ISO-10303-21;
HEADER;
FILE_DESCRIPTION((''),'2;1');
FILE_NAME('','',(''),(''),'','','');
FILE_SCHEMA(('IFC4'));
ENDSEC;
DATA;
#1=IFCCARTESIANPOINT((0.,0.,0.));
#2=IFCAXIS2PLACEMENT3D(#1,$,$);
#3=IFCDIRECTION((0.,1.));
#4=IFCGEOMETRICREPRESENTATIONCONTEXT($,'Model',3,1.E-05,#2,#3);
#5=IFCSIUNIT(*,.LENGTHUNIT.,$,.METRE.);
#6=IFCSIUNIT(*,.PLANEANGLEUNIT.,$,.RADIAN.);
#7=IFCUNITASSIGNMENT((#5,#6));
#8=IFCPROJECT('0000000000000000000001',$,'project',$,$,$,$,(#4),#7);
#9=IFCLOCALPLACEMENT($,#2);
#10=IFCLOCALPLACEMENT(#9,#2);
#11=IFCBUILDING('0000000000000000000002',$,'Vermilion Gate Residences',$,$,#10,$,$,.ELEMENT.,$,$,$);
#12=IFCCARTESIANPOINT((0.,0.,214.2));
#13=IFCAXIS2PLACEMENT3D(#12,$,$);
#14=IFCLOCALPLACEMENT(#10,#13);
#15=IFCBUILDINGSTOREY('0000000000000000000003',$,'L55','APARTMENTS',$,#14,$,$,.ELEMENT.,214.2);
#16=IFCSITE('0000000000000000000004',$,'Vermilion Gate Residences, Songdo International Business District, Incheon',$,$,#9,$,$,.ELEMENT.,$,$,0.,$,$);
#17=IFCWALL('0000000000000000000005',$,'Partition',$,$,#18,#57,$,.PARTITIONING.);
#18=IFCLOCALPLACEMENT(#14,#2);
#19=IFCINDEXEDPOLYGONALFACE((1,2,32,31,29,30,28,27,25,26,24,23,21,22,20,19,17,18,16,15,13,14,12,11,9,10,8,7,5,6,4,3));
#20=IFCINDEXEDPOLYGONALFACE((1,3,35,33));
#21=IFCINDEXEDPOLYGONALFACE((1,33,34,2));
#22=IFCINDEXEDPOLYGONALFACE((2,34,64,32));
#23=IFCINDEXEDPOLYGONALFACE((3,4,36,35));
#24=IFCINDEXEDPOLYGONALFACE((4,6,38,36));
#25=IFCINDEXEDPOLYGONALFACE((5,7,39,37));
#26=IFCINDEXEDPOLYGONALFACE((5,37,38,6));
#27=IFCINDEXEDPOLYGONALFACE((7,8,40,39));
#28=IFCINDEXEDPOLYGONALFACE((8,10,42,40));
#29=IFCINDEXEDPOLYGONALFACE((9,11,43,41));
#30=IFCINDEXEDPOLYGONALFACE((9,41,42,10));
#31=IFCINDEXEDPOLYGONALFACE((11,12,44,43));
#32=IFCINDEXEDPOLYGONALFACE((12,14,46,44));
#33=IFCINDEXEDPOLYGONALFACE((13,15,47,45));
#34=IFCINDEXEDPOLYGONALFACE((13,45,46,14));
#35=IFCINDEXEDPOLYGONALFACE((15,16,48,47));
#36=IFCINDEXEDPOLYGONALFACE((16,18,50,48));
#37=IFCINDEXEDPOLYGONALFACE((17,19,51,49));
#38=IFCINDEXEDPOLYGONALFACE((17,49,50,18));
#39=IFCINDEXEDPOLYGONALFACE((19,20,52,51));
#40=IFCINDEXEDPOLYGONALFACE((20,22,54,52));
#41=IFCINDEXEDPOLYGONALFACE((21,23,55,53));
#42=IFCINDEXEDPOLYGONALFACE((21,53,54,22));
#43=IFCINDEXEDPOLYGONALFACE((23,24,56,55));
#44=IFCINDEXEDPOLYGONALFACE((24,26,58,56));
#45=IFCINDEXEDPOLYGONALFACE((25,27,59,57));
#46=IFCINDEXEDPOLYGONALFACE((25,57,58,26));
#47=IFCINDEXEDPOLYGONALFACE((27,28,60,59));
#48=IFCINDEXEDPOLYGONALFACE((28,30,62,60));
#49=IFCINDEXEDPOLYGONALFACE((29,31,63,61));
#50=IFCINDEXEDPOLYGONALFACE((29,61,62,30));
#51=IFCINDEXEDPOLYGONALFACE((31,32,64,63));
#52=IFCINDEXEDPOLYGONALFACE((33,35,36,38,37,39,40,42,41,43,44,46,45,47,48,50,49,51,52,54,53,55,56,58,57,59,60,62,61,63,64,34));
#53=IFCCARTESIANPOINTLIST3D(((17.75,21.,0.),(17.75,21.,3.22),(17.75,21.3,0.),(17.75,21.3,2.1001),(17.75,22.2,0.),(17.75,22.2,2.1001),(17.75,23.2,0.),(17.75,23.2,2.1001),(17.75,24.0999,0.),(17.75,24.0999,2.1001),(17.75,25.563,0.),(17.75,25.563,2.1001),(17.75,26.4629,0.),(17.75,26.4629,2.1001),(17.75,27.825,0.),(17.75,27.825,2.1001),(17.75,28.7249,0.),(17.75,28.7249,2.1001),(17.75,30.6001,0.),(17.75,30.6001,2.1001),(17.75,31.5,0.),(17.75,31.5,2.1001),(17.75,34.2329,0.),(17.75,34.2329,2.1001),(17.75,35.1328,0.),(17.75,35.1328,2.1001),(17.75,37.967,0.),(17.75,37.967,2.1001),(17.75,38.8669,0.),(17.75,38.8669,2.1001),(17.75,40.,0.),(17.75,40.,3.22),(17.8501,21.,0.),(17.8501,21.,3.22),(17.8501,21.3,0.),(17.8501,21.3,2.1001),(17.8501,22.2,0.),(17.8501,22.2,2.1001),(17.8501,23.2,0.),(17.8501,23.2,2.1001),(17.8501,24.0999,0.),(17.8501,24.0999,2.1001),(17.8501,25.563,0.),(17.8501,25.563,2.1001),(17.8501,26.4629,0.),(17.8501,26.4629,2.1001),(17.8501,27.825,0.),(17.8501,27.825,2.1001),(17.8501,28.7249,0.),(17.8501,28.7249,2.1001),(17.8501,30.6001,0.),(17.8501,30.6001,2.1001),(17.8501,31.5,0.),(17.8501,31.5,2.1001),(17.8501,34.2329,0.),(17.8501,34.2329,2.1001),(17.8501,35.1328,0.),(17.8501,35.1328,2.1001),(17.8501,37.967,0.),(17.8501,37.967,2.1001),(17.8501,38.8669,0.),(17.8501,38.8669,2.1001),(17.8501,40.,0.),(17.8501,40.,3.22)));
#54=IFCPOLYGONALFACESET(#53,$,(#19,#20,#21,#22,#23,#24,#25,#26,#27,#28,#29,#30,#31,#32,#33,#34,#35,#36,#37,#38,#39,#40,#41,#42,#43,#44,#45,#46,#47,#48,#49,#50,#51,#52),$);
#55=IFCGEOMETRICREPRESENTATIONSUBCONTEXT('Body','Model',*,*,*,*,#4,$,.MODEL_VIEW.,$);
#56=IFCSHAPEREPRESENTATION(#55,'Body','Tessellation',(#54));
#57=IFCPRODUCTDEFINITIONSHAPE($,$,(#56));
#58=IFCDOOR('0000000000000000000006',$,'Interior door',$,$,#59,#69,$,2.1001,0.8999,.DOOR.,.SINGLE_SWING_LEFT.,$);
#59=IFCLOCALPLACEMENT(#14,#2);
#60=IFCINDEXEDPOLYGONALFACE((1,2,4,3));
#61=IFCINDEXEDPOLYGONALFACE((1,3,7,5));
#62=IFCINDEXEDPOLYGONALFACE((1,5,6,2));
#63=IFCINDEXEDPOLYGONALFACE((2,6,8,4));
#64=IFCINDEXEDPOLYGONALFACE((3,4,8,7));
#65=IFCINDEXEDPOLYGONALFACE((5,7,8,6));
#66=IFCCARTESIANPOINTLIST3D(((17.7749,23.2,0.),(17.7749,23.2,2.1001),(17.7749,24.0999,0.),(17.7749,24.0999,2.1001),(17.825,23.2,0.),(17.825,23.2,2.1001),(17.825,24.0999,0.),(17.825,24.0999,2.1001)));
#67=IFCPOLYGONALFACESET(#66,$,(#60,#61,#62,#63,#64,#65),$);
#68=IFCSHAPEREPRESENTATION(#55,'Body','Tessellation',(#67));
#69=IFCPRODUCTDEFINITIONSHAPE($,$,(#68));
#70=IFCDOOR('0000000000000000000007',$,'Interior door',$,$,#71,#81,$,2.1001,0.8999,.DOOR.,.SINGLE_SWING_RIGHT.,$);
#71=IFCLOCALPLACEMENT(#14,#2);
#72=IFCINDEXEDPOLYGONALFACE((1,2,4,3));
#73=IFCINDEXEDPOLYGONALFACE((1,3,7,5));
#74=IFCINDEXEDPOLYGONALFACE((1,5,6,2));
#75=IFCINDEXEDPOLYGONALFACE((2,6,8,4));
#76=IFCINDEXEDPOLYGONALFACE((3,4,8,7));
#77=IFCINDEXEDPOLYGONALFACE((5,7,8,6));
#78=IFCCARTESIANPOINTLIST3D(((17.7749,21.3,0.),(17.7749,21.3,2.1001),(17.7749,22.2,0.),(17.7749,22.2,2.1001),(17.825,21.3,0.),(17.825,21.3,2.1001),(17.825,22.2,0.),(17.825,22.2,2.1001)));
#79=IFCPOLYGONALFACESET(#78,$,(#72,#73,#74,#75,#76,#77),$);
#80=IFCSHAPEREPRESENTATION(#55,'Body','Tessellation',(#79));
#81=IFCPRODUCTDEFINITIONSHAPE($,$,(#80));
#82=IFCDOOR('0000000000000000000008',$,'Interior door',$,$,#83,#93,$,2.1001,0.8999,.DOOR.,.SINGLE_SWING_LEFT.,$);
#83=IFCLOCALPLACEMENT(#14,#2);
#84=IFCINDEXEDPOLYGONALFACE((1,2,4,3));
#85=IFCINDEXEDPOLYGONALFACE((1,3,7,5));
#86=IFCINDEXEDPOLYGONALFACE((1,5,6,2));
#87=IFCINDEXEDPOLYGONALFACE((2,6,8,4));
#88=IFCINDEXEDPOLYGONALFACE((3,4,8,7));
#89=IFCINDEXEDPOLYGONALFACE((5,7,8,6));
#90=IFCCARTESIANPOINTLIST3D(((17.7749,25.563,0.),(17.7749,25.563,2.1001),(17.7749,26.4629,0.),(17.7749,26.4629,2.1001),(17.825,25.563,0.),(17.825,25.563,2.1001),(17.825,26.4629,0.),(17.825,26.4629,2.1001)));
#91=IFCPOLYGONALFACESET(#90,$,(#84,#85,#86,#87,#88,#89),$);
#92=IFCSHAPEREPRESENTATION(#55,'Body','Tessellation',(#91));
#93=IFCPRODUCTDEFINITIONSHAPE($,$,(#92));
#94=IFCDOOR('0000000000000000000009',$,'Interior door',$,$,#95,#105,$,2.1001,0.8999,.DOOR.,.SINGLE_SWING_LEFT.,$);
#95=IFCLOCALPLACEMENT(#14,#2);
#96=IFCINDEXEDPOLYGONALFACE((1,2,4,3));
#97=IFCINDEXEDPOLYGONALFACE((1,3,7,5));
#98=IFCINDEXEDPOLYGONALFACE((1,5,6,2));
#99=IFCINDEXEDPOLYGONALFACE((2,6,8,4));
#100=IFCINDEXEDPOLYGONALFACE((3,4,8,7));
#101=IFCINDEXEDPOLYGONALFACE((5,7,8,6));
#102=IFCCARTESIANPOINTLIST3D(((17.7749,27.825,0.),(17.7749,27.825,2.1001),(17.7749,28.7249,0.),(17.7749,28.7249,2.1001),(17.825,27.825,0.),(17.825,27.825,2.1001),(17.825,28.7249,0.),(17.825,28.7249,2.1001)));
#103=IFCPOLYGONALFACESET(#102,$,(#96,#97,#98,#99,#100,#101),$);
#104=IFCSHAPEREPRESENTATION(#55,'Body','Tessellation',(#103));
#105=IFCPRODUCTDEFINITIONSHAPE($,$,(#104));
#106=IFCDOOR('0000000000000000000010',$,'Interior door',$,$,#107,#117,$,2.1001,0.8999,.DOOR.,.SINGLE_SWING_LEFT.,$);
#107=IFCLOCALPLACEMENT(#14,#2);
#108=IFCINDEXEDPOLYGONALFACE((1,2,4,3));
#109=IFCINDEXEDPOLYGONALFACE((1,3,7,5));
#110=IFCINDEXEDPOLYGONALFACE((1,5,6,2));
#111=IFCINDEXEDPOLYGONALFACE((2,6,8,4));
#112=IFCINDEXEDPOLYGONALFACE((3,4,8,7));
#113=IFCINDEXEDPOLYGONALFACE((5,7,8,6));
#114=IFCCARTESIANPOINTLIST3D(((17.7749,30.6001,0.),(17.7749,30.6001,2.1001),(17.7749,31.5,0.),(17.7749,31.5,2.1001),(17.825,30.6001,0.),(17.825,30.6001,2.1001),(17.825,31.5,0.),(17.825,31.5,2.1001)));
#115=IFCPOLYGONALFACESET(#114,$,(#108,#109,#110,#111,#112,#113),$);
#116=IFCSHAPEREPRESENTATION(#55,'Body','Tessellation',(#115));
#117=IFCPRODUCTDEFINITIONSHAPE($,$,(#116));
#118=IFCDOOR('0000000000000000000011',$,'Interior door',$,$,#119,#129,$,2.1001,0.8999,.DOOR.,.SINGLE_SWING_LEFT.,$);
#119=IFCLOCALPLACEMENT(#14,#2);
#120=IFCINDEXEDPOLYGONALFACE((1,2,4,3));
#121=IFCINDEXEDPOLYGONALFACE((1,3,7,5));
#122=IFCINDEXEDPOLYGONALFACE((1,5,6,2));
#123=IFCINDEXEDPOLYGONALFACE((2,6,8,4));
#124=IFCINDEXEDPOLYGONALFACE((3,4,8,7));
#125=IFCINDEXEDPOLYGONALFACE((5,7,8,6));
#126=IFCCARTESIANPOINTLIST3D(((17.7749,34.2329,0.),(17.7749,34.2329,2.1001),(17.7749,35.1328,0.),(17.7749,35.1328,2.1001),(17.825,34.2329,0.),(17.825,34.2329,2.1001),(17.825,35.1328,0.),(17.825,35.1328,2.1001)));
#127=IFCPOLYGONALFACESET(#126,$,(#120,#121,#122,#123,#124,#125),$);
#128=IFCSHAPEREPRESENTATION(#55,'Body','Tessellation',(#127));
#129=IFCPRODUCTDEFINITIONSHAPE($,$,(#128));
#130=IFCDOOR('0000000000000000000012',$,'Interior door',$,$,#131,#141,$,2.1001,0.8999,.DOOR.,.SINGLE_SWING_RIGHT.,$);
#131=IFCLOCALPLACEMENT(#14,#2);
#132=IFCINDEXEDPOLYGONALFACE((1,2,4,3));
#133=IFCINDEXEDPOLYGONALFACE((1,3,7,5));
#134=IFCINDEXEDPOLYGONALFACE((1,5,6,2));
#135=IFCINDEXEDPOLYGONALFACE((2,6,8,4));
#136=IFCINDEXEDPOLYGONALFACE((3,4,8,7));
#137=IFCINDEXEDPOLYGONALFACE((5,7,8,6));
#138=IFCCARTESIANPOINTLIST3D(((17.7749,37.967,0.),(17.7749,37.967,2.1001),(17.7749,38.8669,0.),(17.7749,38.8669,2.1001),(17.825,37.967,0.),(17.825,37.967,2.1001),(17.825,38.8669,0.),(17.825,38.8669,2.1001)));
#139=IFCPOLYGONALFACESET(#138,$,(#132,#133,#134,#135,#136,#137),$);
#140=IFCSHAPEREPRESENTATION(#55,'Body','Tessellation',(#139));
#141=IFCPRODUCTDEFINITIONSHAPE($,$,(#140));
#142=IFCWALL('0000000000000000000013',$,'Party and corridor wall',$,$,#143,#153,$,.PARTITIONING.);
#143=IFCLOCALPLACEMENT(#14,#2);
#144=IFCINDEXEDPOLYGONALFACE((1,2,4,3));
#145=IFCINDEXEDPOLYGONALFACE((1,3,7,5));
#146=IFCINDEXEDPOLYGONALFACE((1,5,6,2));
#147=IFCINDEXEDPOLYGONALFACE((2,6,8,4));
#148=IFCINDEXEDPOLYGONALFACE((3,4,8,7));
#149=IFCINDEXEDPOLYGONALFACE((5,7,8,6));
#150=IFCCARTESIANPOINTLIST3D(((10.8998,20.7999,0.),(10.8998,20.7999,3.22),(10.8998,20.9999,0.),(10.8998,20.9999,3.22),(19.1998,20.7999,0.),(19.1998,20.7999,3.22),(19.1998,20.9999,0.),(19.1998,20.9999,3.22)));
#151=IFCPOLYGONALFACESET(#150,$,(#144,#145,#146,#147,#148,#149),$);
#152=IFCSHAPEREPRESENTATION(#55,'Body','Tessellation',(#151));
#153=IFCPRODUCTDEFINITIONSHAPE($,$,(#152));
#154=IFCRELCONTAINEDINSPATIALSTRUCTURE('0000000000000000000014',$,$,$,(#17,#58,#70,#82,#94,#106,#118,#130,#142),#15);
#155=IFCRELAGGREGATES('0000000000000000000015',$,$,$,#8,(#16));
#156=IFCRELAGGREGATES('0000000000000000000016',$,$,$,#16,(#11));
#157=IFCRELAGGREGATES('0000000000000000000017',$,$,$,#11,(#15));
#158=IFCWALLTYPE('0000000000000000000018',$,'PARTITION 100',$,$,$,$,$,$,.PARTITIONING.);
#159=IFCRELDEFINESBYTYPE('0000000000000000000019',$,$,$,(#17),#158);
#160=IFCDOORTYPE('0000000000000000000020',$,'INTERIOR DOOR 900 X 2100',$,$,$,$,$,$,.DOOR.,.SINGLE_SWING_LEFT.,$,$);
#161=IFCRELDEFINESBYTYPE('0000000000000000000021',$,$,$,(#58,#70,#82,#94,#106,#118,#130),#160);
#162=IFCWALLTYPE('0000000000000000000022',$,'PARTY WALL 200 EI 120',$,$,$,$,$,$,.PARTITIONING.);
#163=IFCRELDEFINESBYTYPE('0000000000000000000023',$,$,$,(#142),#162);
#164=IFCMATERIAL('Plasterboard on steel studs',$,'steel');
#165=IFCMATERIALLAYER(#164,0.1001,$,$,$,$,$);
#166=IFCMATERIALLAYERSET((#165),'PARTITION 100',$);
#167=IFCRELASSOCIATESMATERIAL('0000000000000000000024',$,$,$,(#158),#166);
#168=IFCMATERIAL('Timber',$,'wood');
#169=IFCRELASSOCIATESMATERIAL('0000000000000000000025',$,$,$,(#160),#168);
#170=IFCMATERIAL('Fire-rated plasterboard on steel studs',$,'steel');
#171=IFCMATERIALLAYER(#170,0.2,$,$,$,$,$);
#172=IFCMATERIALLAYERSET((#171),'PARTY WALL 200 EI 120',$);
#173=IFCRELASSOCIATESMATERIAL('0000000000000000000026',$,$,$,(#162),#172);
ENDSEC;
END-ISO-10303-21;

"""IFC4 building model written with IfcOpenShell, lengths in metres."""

from ifc_helpers import new_model, si_unit, direction, frame, frame_2d, origin, place, context, subcontext, project, spatial, rectangle, extrude, material, layer, layer_set, type_object, element, fill, save


model = new_model("IFC4")

# Units and contexts
model_context = context("Model", 3, precision=1e-05, world=origin(), true_north=direction((0.0, 1.0)))
body_context = subcontext(model_context, "Body", "Model", "MODEL_VIEW")
ifc_project = project(units=[si_unit("LENGTHUNIT", "METRE"), si_unit("PLANEANGLEUNIT", "RADIAN")], contexts=[model_context])

# Site, building, storey
site_placement = place(None, origin())
site = spatial("IfcSite", under=ifc_project, at=site_placement, Name="Vermilion Gate Residences, Songdo International Business District, Incheon", CompositionType="ELEMENT", RefElevation=0.0)
building_placement = place(site_placement, origin())
building = spatial("IfcBuilding", under=site, at=building_placement, Name="Vermilion Gate Residences", CompositionType="ELEMENT")
storey_placement = place(building_placement, frame((0.0, 0.0, 214.2)))
storey = spatial("IfcBuildingStorey", under=building, at=storey_placement, Name="L55", Description="APARTMENTS", CompositionType="ELEMENT", Elevation=214.2)

# Shared definitions
ifc_material_1 = material(Name="Plasterboard on steel studs", Category="steel")
ifc_layer_1 = layer(ifc_material_1, 0.1001)
ifc_layer_set_1 = layer_set([ifc_layer_1], Name="PARTITION 100")
wall_type_1 = type_object("IfcWallType", Name="PARTITION 100", PredefinedType="PARTITIONING", material=ifc_layer_set_1)

# Wall, openings, doors
ifc_material_2 = material(Name="Timber", Category="wood")
door_type_1 = type_object("IfcDoorType", Name="INTERIOR DOOR 900 X 2100", OperationType="SINGLE_SWING_LEFT", PredefinedType="DOOR", material=ifc_material_2)
wall_1_placement = place(storey_placement, frame((17.8, 21.0, 0.0), z_axis=(0.0, 0.0, 1.0), x_axis=(0.0, 1.0, 0.0)))
wall_1 = element("IfcWall", 1, at=wall_1_placement, inside=storey, type_object=wall_type_1, Name="Partition", PredefinedType="PARTITIONING", context=body_context, shape_type="SweptSolid", body=[
    extrude(rectangle(XDim=19.0, YDim=0.1001, at=frame_2d((9.5, 0.0))), origin(), (0.0, 0.0, 1.0), 3.22),
])
opening_1_placement = place(wall_1_placement, frame((2.2, 0.0, 0.0)))
opening_1 = element("IfcOpeningElement", 2, at=opening_1_placement, cuts=wall_1, PredefinedType="OPENING", context=body_context, shape_type="SweptSolid", body=[
    extrude(rectangle(XDim=0.8999, YDim=2.1001, at=frame_2d((0.45, 1.05))), frame((0.0, 0.0601, 0.0), z_axis=(0.0, -1.0, 0.0), x_axis=(1.0, 0.0, 0.0)), (0.0, 0.0, 1.0), 0.1201),
])
opening_2_placement = place(wall_1_placement, frame((0.3, 0.0, 0.0)))
opening_2 = element("IfcOpeningElement", 3, at=opening_2_placement, cuts=wall_1, PredefinedType="OPENING", context=body_context, shape_type="SweptSolid", body=[
    extrude(rectangle(XDim=0.8999, YDim=2.1001, at=frame_2d((0.45, 1.05))), frame((0.0, 0.0601, 0.0), z_axis=(0.0, -1.0, 0.0), x_axis=(1.0, 0.0, 0.0)), (0.0, 0.0, 1.0), 0.1201),
])
opening_3_placement = place(wall_1_placement, frame((4.563, 0.0, 0.0)))
opening_3 = element("IfcOpeningElement", 4, at=opening_3_placement, cuts=wall_1, PredefinedType="OPENING", context=body_context, shape_type="SweptSolid", body=[
    extrude(rectangle(XDim=0.8999, YDim=2.1001, at=frame_2d((0.45, 1.05))), frame((0.0, 0.0601, 0.0), z_axis=(0.0, -1.0, 0.0), x_axis=(1.0, 0.0, 0.0)), (0.0, 0.0, 1.0), 0.1201),
])
opening_4_placement = place(wall_1_placement, frame((6.825, 0.0, 0.0)))
opening_4 = element("IfcOpeningElement", 5, at=opening_4_placement, cuts=wall_1, PredefinedType="OPENING", context=body_context, shape_type="SweptSolid", body=[
    extrude(rectangle(XDim=0.8999, YDim=2.1001, at=frame_2d((0.45, 1.05))), frame((0.0, 0.0601, 0.0), z_axis=(0.0, -1.0, 0.0), x_axis=(1.0, 0.0, 0.0)), (0.0, 0.0, 1.0), 0.1201),
])
opening_5_placement = place(wall_1_placement, frame((9.6001, 0.0, 0.0)))
opening_5 = element("IfcOpeningElement", 6, at=opening_5_placement, cuts=wall_1, PredefinedType="OPENING", context=body_context, shape_type="SweptSolid", body=[
    extrude(rectangle(XDim=0.8999, YDim=2.1001, at=frame_2d((0.45, 1.05))), frame((0.0, 0.0601, 0.0), z_axis=(0.0, -1.0, 0.0), x_axis=(1.0, 0.0, 0.0)), (0.0, 0.0, 1.0), 0.1201),
])
opening_6_placement = place(wall_1_placement, frame((13.2329, 0.0, 0.0)))
opening_6 = element("IfcOpeningElement", 7, at=opening_6_placement, cuts=wall_1, PredefinedType="OPENING", context=body_context, shape_type="SweptSolid", body=[
    extrude(rectangle(XDim=0.8999, YDim=2.1001, at=frame_2d((0.45, 1.05))), frame((0.0, 0.0601, 0.0), z_axis=(0.0, -1.0, 0.0), x_axis=(1.0, 0.0, 0.0)), (0.0, 0.0, 1.0), 0.1201),
])
opening_7_placement = place(wall_1_placement, frame((16.967, 0.0, 0.0)))
opening_7 = element("IfcOpeningElement", 8, at=opening_7_placement, cuts=wall_1, PredefinedType="OPENING", context=body_context, shape_type="SweptSolid", body=[
    extrude(rectangle(XDim=0.8999, YDim=2.1001, at=frame_2d((0.45, 1.05))), frame((0.0, 0.0601, 0.0), z_axis=(0.0, -1.0, 0.0), x_axis=(1.0, 0.0, 0.0)), (0.0, 0.0, 1.0), 0.1201),
])
door_1_placement = place(opening_1_placement, frame((0.8999, 0.0, 0.0), z_axis=(0.0, 0.0, 1.0), x_axis=(-1.0, 0.0, 0.0)))
door_1 = element("IfcDoor", 9, at=door_1_placement, inside=storey, type_object=door_type_1, Name="Interior door", OperationType="SINGLE_SWING_LEFT", OverallHeight=2.1001, OverallWidth=0.8999, PredefinedType="DOOR", context=body_context, shape_type="SweptSolid", body=[
    extrude(rectangle(XDim=0.8999, YDim=2.1001, at=frame_2d((0.45, 1.05))), frame((0.0, 0.0249, 0.0), z_axis=(0.0, -1.0, 0.0), x_axis=(1.0, 0.0, 0.0)), (0.0, 0.0, 1.0), 0.05),
])
fill(opening_1, door_1)
door_2_placement = place(opening_2_placement, frame((0.8999, 0.0, 0.0), z_axis=(0.0, 0.0, 1.0), x_axis=(-1.0, 0.0, 0.0)))
door_2 = element("IfcDoor", 10, at=door_2_placement, inside=storey, type_object=door_type_1, Name="Interior door", OperationType="SINGLE_SWING_RIGHT", OverallHeight=2.1001, OverallWidth=0.8999, PredefinedType="DOOR", context=body_context, shape_type="SweptSolid", body=[
    extrude(rectangle(XDim=0.8999, YDim=2.1001, at=frame_2d((0.45, 1.05))), frame((0.0, 0.0249, 0.0), z_axis=(0.0, -1.0, 0.0), x_axis=(1.0, 0.0, 0.0)), (0.0, 0.0, 1.0), 0.05),
])
fill(opening_2, door_2)
door_3_placement = place(opening_3_placement, frame((0.8999, 0.0, 0.0), z_axis=(0.0, 0.0, 1.0), x_axis=(-1.0, 0.0, 0.0)))
door_3 = element("IfcDoor", 11, at=door_3_placement, inside=storey, type_object=door_type_1, Name="Interior door", OperationType="SINGLE_SWING_LEFT", OverallHeight=2.1001, OverallWidth=0.8999, PredefinedType="DOOR", context=body_context, shape_type="SweptSolid", body=[
    extrude(rectangle(XDim=0.8999, YDim=2.1001, at=frame_2d((0.45, 1.05))), frame((0.0, 0.0249, 0.0), z_axis=(0.0, -1.0, 0.0), x_axis=(1.0, 0.0, 0.0)), (0.0, 0.0, 1.0), 0.05),
])
fill(opening_3, door_3)
door_4_placement = place(opening_4_placement, frame((0.8999, 0.0, 0.0), z_axis=(0.0, 0.0, 1.0), x_axis=(-1.0, 0.0, 0.0)))
door_4 = element("IfcDoor", 12, at=door_4_placement, inside=storey, type_object=door_type_1, Name="Interior door", OperationType="SINGLE_SWING_LEFT", OverallHeight=2.1001, OverallWidth=0.8999, PredefinedType="DOOR", context=body_context, shape_type="SweptSolid", body=[
    extrude(rectangle(XDim=0.8999, YDim=2.1001, at=frame_2d((0.45, 1.05))), frame((0.0, 0.0249, 0.0), z_axis=(0.0, -1.0, 0.0), x_axis=(1.0, 0.0, 0.0)), (0.0, 0.0, 1.0), 0.05),
])
fill(opening_4, door_4)
door_5_placement = place(opening_5_placement, frame((0.8999, 0.0, 0.0), z_axis=(0.0, 0.0, 1.0), x_axis=(-1.0, 0.0, 0.0)))
door_5 = element("IfcDoor", 13, at=door_5_placement, inside=storey, type_object=door_type_1, Name="Interior door", OperationType="SINGLE_SWING_LEFT", OverallHeight=2.1001, OverallWidth=0.8999, PredefinedType="DOOR", context=body_context, shape_type="SweptSolid", body=[
    extrude(rectangle(XDim=0.8999, YDim=2.1001, at=frame_2d((0.45, 1.05))), frame((0.0, 0.0249, 0.0), z_axis=(0.0, -1.0, 0.0), x_axis=(1.0, 0.0, 0.0)), (0.0, 0.0, 1.0), 0.05),
])
fill(opening_5, door_5)
door_6_placement = place(opening_6_placement, frame((0.8999, 0.0, 0.0), z_axis=(0.0, 0.0, 1.0), x_axis=(-1.0, 0.0, 0.0)))
door_6 = element("IfcDoor", 14, at=door_6_placement, inside=storey, type_object=door_type_1, Name="Interior door", OperationType="SINGLE_SWING_LEFT", OverallHeight=2.1001, OverallWidth=0.8999, PredefinedType="DOOR", context=body_context, shape_type="SweptSolid", body=[
    extrude(rectangle(XDim=0.8999, YDim=2.1001, at=frame_2d((0.45, 1.05))), frame((0.0, 0.0249, 0.0), z_axis=(0.0, -1.0, 0.0), x_axis=(1.0, 0.0, 0.0)), (0.0, 0.0, 1.0), 0.05),
])
fill(opening_6, door_6)
door_7_placement = place(opening_7_placement, frame((0.8999, 0.0, 0.0), z_axis=(0.0, 0.0, 1.0), x_axis=(-1.0, 0.0, 0.0)))
door_7 = element("IfcDoor", 15, at=door_7_placement, inside=storey, type_object=door_type_1, Name="Interior door", OperationType="SINGLE_SWING_RIGHT", OverallHeight=2.1001, OverallWidth=0.8999, PredefinedType="DOOR", context=body_context, shape_type="SweptSolid", body=[
    extrude(rectangle(XDim=0.8999, YDim=2.1001, at=frame_2d((0.45, 1.05))), frame((0.0, 0.0249, 0.0), z_axis=(0.0, -1.0, 0.0), x_axis=(1.0, 0.0, 0.0)), (0.0, 0.0, 1.0), 0.05),
])
fill(opening_7, door_7)

# Wall
ifc_material_3 = material(Name="Fire-rated plasterboard on steel studs", Category="steel")
ifc_layer_2 = layer(ifc_material_3, 0.2)
ifc_layer_set_2 = layer_set([ifc_layer_2], Name="PARTY WALL 200 EI 120")
wall_type_2 = type_object("IfcWallType", Name="PARTY WALL 200 EI 120", PredefinedType="PARTITIONING", material=ifc_layer_set_2)
wall_2_placement = place(storey_placement, frame((10.8999, 20.8999, 0.0), z_axis=(0.0, 0.0, 1.0), x_axis=(1.0, 0.0, 0.0)))
element("IfcWall", 16, at=wall_2_placement, inside=storey, type_object=wall_type_2, Name="Party and corridor wall", PredefinedType="PARTITIONING", context=body_context, shape_type="SweptSolid", body=[
    extrude(rectangle(XDim=8.3, YDim=0.2, at=frame_2d((4.1499, 0.0))), origin(), (0.0, 0.0, 1.0), 3.22),
])

save(model, "model.ifc")
